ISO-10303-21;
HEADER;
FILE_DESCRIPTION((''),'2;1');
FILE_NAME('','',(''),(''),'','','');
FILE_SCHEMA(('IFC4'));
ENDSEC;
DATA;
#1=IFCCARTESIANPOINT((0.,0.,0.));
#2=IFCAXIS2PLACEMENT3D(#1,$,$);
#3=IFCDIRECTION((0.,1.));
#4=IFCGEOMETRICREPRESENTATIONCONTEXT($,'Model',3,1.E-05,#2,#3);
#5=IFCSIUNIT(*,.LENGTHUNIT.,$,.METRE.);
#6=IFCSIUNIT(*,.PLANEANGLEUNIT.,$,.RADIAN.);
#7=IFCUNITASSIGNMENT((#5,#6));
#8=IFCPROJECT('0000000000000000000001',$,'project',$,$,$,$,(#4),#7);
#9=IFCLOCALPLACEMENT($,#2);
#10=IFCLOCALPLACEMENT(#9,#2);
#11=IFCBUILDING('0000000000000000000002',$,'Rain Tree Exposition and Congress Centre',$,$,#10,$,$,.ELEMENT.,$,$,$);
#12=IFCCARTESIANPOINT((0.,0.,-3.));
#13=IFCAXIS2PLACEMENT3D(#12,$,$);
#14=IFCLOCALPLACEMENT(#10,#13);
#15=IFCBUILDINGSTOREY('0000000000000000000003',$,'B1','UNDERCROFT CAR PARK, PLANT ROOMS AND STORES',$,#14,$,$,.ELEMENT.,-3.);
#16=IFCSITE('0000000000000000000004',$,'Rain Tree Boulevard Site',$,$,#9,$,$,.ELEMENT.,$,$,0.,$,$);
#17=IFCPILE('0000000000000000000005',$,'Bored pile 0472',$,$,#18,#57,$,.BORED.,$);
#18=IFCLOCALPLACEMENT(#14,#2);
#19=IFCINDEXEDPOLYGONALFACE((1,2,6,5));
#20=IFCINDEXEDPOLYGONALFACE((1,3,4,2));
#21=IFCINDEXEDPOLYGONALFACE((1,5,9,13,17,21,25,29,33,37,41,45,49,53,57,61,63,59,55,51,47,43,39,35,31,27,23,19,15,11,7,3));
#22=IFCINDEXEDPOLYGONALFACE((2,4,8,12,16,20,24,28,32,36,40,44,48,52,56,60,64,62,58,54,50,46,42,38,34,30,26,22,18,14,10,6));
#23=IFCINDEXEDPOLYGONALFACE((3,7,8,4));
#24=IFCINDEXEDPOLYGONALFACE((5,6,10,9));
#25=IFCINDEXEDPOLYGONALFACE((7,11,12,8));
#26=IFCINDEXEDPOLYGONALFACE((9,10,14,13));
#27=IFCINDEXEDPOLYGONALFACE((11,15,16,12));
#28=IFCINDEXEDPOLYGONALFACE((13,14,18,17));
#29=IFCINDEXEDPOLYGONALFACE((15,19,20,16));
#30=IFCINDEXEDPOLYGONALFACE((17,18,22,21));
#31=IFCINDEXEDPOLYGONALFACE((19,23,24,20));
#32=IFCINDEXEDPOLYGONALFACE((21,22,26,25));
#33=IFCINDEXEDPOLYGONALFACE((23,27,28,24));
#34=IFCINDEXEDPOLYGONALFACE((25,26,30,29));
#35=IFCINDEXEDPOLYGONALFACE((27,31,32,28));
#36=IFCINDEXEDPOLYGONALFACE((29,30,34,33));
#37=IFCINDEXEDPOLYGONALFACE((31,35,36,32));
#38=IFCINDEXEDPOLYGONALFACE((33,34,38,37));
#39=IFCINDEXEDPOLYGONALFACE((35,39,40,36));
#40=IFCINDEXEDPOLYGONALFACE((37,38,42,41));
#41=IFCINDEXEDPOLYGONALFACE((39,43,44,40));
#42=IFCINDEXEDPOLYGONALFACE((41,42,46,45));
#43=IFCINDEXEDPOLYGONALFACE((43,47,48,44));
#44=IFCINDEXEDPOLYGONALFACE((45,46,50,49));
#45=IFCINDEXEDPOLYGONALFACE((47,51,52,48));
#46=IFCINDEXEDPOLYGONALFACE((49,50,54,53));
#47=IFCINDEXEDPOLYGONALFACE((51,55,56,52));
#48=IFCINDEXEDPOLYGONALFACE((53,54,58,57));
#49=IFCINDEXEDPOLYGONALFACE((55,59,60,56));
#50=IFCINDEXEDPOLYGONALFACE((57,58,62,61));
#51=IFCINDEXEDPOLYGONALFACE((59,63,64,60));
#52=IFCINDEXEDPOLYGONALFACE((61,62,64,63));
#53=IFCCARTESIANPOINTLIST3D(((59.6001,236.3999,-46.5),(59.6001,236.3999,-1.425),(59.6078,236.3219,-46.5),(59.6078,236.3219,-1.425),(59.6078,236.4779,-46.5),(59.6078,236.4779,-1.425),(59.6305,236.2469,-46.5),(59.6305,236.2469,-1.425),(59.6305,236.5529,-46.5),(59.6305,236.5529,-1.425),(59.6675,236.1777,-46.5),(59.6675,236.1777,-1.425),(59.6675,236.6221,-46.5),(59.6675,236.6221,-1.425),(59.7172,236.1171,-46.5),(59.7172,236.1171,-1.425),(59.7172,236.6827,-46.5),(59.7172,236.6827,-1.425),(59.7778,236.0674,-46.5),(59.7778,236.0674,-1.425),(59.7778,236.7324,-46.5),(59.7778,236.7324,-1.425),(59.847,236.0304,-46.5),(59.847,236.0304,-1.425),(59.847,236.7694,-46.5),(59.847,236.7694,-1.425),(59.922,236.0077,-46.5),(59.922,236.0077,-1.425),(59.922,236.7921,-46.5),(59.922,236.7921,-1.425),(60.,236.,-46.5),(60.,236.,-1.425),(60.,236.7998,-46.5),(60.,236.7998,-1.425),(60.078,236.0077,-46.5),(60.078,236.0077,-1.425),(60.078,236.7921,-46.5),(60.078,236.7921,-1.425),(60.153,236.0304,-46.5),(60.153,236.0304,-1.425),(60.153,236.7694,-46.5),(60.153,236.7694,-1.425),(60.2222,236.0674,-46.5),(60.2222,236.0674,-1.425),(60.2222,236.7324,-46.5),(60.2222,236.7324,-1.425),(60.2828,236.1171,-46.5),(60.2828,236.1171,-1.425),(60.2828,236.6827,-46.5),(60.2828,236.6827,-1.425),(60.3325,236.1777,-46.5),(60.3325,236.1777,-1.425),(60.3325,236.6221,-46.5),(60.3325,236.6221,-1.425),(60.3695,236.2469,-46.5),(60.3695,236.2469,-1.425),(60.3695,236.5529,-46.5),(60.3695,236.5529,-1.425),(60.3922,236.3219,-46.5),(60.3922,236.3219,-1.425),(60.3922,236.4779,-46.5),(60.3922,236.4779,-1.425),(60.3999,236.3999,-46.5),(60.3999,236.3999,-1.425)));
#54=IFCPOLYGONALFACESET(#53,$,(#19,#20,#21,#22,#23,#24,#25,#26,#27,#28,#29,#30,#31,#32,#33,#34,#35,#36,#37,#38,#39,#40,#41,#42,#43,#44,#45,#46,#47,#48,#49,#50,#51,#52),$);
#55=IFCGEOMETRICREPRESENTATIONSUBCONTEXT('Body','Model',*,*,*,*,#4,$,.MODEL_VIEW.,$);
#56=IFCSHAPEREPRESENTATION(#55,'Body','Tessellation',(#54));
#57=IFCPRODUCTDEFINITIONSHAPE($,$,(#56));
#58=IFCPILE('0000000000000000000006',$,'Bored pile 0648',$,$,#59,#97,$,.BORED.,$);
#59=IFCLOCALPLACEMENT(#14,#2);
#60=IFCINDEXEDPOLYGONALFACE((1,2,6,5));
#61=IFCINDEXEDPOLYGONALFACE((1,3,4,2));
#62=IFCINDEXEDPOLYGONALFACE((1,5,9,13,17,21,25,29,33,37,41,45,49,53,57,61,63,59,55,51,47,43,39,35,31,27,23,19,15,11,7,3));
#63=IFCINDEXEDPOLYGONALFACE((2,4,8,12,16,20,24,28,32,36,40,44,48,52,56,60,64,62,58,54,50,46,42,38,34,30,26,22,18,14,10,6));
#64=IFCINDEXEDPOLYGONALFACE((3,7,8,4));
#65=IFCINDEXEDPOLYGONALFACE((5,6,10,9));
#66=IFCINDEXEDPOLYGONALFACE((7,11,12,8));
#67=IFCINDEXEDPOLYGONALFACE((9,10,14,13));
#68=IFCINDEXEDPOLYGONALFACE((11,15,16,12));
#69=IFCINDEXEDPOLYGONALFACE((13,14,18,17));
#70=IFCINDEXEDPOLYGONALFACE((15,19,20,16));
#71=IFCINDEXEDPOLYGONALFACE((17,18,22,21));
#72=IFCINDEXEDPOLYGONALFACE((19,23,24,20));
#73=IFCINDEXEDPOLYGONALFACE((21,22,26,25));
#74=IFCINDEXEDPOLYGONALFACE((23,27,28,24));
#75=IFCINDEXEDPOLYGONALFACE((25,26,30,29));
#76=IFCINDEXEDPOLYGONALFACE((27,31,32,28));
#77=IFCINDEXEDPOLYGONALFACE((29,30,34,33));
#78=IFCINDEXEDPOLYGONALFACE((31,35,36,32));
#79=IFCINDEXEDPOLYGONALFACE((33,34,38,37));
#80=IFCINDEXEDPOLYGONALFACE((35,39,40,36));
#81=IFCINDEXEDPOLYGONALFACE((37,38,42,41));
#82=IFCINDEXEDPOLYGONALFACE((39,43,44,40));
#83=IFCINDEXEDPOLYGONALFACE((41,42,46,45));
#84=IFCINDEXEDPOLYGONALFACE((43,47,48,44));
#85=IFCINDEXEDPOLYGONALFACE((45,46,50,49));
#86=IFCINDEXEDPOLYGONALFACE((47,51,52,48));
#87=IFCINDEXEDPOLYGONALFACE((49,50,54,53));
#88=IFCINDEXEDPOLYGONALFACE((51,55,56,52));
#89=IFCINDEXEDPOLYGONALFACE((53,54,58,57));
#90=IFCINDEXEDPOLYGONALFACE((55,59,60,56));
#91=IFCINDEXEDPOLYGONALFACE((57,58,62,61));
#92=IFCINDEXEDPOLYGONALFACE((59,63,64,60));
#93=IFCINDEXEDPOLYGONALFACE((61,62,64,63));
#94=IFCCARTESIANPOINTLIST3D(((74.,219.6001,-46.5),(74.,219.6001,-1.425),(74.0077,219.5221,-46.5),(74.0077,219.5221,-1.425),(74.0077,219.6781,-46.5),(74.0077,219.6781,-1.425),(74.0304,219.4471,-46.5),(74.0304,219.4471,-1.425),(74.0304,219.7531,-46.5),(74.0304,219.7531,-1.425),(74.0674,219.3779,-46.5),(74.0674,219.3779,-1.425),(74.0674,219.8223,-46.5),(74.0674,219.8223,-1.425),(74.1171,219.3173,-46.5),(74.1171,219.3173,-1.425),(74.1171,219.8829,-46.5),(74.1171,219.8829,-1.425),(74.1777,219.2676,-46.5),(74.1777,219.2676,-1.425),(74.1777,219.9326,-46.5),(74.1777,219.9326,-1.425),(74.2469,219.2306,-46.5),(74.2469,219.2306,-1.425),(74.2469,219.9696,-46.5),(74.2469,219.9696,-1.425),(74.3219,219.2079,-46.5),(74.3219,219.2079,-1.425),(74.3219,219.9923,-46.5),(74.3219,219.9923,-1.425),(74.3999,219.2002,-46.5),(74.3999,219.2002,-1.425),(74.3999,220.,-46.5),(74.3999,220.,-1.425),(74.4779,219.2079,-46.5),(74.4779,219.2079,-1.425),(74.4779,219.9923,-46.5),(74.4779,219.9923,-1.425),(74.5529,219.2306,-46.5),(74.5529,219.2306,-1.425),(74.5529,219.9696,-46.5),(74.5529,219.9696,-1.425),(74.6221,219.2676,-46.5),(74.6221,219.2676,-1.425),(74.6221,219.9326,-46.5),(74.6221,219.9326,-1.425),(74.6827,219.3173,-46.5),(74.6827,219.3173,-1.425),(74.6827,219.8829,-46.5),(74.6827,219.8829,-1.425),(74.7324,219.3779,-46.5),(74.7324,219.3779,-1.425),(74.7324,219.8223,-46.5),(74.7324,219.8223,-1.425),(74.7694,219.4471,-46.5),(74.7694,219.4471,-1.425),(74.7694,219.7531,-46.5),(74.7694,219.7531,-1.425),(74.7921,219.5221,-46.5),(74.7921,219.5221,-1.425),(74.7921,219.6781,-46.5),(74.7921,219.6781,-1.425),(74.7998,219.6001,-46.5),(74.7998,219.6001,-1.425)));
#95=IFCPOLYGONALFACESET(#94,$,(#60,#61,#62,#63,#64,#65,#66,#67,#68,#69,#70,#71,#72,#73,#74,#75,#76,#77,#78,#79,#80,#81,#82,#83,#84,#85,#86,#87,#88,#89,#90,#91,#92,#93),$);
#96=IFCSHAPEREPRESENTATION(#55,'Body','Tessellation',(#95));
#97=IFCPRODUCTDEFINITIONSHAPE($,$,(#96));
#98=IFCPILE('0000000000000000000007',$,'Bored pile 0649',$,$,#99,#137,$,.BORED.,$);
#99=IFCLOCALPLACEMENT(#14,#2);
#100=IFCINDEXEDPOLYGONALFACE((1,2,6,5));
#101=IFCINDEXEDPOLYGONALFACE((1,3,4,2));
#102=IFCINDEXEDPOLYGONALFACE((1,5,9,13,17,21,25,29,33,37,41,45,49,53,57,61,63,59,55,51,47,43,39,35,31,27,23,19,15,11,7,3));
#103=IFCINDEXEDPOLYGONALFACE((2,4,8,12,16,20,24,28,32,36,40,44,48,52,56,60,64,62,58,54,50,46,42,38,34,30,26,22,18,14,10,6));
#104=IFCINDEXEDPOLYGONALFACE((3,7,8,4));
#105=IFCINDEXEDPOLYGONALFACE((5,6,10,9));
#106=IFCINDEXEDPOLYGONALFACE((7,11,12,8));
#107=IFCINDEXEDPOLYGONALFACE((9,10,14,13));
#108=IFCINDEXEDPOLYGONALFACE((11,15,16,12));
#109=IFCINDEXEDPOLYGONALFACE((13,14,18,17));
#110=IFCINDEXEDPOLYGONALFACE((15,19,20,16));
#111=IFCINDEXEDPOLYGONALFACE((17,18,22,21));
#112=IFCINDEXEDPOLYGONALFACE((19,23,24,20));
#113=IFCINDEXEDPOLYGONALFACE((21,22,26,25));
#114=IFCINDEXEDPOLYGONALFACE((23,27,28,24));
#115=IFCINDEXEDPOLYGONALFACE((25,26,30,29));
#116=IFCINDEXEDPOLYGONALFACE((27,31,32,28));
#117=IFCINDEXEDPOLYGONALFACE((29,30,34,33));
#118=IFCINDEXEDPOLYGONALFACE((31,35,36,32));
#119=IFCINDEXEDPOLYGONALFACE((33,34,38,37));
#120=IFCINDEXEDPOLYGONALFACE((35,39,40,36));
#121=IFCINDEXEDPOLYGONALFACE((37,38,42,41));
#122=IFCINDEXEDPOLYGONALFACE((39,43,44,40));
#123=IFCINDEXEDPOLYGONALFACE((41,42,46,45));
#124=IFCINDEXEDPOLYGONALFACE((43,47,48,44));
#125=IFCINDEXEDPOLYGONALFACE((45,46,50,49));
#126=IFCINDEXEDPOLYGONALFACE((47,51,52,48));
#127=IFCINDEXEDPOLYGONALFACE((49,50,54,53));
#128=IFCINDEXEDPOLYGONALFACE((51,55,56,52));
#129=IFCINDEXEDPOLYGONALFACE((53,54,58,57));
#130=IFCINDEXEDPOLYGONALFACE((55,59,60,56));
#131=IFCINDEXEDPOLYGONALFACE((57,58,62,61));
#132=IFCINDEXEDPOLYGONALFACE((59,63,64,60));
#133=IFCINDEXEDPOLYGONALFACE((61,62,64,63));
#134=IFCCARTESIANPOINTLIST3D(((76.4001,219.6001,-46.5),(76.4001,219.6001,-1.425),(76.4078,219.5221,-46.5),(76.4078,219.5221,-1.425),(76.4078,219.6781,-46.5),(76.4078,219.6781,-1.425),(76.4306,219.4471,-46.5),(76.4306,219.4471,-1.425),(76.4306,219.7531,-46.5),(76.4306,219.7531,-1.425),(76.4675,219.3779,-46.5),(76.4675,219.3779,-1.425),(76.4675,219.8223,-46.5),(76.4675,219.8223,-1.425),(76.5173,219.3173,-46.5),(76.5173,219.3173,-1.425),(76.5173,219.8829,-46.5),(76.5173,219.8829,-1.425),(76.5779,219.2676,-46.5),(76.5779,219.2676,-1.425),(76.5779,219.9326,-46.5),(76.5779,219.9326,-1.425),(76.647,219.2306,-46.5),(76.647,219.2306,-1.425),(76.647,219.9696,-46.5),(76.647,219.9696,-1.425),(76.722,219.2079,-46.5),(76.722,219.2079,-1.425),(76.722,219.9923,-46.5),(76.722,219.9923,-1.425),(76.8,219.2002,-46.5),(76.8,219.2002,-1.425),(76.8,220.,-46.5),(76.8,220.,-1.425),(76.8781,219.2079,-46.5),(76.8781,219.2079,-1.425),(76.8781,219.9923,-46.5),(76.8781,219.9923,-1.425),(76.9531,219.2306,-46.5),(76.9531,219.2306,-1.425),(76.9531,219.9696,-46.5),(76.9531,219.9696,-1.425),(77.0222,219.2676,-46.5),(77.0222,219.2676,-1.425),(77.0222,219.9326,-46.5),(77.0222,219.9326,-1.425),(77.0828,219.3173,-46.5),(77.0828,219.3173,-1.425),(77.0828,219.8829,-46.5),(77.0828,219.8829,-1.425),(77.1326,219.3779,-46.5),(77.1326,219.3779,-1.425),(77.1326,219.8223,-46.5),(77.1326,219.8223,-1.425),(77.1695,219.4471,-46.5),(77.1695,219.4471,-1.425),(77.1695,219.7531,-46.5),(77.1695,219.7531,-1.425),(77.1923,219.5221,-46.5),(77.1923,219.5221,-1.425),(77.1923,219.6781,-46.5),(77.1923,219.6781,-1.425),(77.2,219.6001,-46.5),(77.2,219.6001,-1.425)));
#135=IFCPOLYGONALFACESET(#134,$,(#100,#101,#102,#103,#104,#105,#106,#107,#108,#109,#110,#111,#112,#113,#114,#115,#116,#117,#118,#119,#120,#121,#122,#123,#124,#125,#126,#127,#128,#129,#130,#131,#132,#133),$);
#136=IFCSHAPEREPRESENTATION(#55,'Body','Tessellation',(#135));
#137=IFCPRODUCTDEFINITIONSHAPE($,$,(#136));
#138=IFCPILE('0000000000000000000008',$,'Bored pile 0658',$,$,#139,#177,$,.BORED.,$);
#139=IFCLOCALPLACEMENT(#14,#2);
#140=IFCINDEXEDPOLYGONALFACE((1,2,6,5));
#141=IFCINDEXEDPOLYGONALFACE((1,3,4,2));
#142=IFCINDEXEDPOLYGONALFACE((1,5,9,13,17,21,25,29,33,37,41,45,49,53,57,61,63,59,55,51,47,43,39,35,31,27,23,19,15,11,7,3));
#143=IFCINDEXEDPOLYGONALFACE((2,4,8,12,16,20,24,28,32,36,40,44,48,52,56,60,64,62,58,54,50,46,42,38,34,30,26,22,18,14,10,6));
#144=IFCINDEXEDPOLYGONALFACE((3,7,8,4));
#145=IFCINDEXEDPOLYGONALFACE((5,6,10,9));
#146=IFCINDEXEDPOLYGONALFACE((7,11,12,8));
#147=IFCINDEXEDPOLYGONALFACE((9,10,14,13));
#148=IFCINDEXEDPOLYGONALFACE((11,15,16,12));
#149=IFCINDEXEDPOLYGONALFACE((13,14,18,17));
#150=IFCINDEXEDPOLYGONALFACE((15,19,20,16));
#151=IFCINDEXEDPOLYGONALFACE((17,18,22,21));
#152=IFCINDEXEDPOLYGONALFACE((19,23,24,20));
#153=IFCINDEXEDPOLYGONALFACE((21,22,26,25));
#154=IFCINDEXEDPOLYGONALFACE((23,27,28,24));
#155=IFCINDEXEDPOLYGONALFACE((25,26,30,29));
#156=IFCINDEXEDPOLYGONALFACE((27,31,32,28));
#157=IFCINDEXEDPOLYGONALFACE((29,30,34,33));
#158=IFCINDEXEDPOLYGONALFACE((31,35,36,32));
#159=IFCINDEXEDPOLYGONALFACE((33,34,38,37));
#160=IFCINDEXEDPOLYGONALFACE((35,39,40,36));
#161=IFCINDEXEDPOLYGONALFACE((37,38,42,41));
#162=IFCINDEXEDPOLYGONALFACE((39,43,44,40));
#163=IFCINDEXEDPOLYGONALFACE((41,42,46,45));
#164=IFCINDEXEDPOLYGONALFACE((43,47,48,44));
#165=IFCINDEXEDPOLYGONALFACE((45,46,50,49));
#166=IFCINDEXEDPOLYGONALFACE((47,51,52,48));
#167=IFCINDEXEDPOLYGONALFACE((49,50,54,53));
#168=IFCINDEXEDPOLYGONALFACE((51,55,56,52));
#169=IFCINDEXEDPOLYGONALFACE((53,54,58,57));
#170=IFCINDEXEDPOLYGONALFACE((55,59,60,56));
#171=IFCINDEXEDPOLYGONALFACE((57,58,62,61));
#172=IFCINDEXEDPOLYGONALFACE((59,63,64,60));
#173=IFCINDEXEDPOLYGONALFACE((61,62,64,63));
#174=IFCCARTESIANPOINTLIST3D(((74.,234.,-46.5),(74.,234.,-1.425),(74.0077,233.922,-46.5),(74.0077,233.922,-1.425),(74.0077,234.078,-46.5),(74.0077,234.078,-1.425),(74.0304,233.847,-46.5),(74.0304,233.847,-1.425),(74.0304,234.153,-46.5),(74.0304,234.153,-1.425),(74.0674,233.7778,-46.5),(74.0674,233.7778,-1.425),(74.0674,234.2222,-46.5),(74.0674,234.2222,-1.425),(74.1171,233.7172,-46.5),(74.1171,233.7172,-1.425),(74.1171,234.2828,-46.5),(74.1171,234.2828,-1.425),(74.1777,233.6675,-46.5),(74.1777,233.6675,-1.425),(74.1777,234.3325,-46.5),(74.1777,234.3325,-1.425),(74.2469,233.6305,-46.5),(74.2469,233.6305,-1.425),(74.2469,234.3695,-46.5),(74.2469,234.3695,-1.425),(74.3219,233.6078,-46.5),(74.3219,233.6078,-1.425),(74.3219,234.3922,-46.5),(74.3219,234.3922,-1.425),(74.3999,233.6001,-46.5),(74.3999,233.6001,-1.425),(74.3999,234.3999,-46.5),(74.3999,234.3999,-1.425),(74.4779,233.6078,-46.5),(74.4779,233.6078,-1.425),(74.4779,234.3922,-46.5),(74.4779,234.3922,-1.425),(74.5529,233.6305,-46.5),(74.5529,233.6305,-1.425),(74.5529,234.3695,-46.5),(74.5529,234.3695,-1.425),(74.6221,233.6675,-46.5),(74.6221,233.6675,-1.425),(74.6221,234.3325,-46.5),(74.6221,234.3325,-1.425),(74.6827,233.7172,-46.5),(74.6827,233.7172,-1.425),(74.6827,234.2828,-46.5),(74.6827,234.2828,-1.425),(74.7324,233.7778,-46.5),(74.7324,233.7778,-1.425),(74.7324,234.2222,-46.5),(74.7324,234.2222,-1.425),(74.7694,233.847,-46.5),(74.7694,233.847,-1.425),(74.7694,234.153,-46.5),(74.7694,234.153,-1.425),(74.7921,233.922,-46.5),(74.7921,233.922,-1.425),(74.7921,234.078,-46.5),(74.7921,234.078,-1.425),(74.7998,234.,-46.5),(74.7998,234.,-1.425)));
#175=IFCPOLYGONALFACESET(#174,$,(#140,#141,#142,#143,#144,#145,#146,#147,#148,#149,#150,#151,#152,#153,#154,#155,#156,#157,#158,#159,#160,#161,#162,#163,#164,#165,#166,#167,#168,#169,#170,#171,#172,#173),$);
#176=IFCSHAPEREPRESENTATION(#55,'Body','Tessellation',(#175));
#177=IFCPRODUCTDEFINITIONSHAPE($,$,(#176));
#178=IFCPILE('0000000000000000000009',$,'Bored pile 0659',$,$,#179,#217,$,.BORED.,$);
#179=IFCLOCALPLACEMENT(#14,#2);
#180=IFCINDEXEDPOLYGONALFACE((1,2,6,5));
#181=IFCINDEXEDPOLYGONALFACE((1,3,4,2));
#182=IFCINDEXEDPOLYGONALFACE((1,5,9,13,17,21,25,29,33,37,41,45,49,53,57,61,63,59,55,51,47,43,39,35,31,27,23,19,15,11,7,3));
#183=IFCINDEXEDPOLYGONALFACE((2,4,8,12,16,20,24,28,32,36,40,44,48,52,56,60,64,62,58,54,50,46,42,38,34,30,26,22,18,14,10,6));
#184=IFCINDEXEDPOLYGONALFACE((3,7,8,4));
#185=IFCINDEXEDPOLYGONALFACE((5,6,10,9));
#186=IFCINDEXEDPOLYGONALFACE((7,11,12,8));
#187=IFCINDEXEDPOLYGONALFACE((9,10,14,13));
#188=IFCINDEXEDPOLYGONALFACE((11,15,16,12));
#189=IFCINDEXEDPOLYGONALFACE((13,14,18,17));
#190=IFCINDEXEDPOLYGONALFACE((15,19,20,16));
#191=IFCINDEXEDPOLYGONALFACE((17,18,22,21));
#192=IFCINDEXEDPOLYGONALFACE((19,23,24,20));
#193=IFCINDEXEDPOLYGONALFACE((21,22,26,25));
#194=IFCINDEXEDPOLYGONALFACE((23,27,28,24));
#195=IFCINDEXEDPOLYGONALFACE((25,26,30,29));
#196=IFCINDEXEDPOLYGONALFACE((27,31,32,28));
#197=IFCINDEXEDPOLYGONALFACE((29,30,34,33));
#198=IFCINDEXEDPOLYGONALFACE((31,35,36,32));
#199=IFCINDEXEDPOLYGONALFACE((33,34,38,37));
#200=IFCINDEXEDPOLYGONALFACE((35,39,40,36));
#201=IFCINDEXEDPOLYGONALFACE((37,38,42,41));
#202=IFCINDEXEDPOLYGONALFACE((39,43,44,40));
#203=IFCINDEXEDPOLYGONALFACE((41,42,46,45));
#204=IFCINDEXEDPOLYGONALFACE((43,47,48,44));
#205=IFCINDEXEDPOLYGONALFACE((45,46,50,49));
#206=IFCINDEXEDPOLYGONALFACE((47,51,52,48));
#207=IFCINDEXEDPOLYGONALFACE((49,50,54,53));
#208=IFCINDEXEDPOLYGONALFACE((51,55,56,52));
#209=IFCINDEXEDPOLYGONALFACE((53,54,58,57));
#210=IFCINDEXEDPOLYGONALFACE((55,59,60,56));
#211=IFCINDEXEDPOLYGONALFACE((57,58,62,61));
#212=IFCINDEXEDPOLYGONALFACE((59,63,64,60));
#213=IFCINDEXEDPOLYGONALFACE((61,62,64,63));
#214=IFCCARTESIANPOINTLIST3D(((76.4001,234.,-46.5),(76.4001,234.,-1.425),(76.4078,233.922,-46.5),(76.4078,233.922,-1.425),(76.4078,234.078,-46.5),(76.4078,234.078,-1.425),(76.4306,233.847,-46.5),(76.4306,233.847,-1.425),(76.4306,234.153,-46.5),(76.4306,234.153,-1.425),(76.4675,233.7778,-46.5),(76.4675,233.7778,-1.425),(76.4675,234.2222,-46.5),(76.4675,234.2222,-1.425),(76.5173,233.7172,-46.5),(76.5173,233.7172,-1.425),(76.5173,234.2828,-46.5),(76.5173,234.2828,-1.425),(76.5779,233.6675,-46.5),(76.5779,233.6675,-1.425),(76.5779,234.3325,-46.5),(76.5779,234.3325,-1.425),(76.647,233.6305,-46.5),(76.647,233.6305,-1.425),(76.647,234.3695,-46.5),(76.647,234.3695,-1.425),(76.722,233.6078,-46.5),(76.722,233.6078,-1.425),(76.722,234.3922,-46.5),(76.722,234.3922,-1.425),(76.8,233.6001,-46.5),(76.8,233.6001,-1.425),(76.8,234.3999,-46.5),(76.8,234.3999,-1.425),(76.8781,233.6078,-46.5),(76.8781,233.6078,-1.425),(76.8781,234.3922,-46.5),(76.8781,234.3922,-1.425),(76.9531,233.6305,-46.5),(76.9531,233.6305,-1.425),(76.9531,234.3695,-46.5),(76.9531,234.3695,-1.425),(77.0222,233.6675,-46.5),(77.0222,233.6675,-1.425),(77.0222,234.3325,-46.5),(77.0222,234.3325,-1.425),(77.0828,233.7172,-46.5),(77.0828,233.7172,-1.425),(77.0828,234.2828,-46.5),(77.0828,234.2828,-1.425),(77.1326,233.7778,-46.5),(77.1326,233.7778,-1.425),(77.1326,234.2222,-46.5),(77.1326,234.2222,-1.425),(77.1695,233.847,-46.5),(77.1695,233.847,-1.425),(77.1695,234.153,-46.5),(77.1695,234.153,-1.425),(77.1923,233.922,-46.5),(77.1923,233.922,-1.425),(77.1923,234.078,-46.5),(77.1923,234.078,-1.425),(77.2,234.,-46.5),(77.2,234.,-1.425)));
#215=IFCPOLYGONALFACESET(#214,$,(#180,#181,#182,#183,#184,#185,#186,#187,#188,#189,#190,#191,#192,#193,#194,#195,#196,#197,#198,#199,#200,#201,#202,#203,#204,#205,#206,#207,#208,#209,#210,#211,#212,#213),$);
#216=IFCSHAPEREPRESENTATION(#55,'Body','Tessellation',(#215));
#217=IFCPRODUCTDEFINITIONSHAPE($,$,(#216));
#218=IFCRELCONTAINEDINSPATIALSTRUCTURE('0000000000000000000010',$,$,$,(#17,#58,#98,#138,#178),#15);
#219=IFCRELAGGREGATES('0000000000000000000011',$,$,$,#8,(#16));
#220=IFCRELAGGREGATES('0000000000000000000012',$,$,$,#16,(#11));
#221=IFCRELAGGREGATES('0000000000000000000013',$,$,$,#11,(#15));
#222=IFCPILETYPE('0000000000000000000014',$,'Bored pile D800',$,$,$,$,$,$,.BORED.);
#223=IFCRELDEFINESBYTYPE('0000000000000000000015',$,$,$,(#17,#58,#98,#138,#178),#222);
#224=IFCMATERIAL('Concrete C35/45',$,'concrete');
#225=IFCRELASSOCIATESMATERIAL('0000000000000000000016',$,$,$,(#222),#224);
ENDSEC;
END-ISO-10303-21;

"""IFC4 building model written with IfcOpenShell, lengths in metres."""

from ifc_helpers import new_model, si_unit, direction, frame, origin, origin_2d, place, context, subcontext, project, spatial, circle, extrude, material, material_profile, profile_set, type_object, element, save


model = new_model("IFC4")

# Units and contexts
model_context = context("Model", 3, precision=1e-05, world=origin(), true_north=direction((0.0, 1.0)))
body_context = subcontext(model_context, "Body", "Model", "MODEL_VIEW")
ifc_project = project(units=[si_unit("LENGTHUNIT", "METRE"), si_unit("PLANEANGLEUNIT", "RADIAN")], contexts=[model_context])

# Site, building, storey
site_placement = place(None, origin())
site = spatial("IfcSite", under=ifc_project, at=site_placement, Name="Rain Tree Boulevard Site", CompositionType="ELEMENT", RefElevation=0.0)
building_placement = place(site_placement, origin())
building = spatial("IfcBuilding", under=site, at=building_placement, Name="Rain Tree Exposition and Congress Centre", CompositionType="ELEMENT")
storey_placement = place(building_placement, frame((0.0, 0.0, -3.0)))
storey = spatial("IfcBuildingStorey", under=building, at=storey_placement, Name="B1", Description="UNDERCROFT CAR PARK, PLANT ROOMS AND STORES", CompositionType="ELEMENT", Elevation=-3.0)

# Piles
ifc_material_1 = material(Name="Concrete C35/45", Category="concrete")
ifc_material_profile_1 = material_profile(ifc_material_1, circle(Radius=0.3999, at=origin_2d()), Name="D800")
ifc_profile_set_1 = profile_set([ifc_material_profile_1], Name="Concrete C35/45")
pile_type_1 = type_object("IfcPileType", Name="Bored pile D800", PredefinedType="BORED", material=ifc_profile_set_1)
for number, where, z_axis, x_axis, name in (
    (1, (60.0, 236.3999, -1.425), (0.0, 0.0, -1.0), (1.0, 0.0, 0.0), "Bored pile 0472"),
    (2, (74.3999, 219.6001, -1.425), (0.0, 0.0, -1.0), (1.0, 0.0, 0.0), "Bored pile 0648"),
    (3, (76.8, 219.6001, -1.425), (0.0, 0.0, -1.0), (1.0, 0.0, 0.0), "Bored pile 0649"),
    (4, (74.3999, 234.0, -1.425), (0.0, 0.0, -1.0), (1.0, 0.0, 0.0), "Bored pile 0658"),
    (5, (76.8, 234.0, -1.425), (0.0, 0.0, -1.0), (1.0, 0.0, 0.0), "Bored pile 0659"),
):
    element("IfcPile", number, at=place(storey_placement, frame(where, z_axis=z_axis, x_axis=x_axis)), inside=storey, type_object=pile_type_1, Name=name, PredefinedType="BORED", context=body_context, shape_type="SweptSolid", body=[
        extrude(circle(Radius=0.3999, at=origin_2d()), origin(), (0.0, 0.0, 1.0), 45.075),
    ])

save(model, "model.ifc")
